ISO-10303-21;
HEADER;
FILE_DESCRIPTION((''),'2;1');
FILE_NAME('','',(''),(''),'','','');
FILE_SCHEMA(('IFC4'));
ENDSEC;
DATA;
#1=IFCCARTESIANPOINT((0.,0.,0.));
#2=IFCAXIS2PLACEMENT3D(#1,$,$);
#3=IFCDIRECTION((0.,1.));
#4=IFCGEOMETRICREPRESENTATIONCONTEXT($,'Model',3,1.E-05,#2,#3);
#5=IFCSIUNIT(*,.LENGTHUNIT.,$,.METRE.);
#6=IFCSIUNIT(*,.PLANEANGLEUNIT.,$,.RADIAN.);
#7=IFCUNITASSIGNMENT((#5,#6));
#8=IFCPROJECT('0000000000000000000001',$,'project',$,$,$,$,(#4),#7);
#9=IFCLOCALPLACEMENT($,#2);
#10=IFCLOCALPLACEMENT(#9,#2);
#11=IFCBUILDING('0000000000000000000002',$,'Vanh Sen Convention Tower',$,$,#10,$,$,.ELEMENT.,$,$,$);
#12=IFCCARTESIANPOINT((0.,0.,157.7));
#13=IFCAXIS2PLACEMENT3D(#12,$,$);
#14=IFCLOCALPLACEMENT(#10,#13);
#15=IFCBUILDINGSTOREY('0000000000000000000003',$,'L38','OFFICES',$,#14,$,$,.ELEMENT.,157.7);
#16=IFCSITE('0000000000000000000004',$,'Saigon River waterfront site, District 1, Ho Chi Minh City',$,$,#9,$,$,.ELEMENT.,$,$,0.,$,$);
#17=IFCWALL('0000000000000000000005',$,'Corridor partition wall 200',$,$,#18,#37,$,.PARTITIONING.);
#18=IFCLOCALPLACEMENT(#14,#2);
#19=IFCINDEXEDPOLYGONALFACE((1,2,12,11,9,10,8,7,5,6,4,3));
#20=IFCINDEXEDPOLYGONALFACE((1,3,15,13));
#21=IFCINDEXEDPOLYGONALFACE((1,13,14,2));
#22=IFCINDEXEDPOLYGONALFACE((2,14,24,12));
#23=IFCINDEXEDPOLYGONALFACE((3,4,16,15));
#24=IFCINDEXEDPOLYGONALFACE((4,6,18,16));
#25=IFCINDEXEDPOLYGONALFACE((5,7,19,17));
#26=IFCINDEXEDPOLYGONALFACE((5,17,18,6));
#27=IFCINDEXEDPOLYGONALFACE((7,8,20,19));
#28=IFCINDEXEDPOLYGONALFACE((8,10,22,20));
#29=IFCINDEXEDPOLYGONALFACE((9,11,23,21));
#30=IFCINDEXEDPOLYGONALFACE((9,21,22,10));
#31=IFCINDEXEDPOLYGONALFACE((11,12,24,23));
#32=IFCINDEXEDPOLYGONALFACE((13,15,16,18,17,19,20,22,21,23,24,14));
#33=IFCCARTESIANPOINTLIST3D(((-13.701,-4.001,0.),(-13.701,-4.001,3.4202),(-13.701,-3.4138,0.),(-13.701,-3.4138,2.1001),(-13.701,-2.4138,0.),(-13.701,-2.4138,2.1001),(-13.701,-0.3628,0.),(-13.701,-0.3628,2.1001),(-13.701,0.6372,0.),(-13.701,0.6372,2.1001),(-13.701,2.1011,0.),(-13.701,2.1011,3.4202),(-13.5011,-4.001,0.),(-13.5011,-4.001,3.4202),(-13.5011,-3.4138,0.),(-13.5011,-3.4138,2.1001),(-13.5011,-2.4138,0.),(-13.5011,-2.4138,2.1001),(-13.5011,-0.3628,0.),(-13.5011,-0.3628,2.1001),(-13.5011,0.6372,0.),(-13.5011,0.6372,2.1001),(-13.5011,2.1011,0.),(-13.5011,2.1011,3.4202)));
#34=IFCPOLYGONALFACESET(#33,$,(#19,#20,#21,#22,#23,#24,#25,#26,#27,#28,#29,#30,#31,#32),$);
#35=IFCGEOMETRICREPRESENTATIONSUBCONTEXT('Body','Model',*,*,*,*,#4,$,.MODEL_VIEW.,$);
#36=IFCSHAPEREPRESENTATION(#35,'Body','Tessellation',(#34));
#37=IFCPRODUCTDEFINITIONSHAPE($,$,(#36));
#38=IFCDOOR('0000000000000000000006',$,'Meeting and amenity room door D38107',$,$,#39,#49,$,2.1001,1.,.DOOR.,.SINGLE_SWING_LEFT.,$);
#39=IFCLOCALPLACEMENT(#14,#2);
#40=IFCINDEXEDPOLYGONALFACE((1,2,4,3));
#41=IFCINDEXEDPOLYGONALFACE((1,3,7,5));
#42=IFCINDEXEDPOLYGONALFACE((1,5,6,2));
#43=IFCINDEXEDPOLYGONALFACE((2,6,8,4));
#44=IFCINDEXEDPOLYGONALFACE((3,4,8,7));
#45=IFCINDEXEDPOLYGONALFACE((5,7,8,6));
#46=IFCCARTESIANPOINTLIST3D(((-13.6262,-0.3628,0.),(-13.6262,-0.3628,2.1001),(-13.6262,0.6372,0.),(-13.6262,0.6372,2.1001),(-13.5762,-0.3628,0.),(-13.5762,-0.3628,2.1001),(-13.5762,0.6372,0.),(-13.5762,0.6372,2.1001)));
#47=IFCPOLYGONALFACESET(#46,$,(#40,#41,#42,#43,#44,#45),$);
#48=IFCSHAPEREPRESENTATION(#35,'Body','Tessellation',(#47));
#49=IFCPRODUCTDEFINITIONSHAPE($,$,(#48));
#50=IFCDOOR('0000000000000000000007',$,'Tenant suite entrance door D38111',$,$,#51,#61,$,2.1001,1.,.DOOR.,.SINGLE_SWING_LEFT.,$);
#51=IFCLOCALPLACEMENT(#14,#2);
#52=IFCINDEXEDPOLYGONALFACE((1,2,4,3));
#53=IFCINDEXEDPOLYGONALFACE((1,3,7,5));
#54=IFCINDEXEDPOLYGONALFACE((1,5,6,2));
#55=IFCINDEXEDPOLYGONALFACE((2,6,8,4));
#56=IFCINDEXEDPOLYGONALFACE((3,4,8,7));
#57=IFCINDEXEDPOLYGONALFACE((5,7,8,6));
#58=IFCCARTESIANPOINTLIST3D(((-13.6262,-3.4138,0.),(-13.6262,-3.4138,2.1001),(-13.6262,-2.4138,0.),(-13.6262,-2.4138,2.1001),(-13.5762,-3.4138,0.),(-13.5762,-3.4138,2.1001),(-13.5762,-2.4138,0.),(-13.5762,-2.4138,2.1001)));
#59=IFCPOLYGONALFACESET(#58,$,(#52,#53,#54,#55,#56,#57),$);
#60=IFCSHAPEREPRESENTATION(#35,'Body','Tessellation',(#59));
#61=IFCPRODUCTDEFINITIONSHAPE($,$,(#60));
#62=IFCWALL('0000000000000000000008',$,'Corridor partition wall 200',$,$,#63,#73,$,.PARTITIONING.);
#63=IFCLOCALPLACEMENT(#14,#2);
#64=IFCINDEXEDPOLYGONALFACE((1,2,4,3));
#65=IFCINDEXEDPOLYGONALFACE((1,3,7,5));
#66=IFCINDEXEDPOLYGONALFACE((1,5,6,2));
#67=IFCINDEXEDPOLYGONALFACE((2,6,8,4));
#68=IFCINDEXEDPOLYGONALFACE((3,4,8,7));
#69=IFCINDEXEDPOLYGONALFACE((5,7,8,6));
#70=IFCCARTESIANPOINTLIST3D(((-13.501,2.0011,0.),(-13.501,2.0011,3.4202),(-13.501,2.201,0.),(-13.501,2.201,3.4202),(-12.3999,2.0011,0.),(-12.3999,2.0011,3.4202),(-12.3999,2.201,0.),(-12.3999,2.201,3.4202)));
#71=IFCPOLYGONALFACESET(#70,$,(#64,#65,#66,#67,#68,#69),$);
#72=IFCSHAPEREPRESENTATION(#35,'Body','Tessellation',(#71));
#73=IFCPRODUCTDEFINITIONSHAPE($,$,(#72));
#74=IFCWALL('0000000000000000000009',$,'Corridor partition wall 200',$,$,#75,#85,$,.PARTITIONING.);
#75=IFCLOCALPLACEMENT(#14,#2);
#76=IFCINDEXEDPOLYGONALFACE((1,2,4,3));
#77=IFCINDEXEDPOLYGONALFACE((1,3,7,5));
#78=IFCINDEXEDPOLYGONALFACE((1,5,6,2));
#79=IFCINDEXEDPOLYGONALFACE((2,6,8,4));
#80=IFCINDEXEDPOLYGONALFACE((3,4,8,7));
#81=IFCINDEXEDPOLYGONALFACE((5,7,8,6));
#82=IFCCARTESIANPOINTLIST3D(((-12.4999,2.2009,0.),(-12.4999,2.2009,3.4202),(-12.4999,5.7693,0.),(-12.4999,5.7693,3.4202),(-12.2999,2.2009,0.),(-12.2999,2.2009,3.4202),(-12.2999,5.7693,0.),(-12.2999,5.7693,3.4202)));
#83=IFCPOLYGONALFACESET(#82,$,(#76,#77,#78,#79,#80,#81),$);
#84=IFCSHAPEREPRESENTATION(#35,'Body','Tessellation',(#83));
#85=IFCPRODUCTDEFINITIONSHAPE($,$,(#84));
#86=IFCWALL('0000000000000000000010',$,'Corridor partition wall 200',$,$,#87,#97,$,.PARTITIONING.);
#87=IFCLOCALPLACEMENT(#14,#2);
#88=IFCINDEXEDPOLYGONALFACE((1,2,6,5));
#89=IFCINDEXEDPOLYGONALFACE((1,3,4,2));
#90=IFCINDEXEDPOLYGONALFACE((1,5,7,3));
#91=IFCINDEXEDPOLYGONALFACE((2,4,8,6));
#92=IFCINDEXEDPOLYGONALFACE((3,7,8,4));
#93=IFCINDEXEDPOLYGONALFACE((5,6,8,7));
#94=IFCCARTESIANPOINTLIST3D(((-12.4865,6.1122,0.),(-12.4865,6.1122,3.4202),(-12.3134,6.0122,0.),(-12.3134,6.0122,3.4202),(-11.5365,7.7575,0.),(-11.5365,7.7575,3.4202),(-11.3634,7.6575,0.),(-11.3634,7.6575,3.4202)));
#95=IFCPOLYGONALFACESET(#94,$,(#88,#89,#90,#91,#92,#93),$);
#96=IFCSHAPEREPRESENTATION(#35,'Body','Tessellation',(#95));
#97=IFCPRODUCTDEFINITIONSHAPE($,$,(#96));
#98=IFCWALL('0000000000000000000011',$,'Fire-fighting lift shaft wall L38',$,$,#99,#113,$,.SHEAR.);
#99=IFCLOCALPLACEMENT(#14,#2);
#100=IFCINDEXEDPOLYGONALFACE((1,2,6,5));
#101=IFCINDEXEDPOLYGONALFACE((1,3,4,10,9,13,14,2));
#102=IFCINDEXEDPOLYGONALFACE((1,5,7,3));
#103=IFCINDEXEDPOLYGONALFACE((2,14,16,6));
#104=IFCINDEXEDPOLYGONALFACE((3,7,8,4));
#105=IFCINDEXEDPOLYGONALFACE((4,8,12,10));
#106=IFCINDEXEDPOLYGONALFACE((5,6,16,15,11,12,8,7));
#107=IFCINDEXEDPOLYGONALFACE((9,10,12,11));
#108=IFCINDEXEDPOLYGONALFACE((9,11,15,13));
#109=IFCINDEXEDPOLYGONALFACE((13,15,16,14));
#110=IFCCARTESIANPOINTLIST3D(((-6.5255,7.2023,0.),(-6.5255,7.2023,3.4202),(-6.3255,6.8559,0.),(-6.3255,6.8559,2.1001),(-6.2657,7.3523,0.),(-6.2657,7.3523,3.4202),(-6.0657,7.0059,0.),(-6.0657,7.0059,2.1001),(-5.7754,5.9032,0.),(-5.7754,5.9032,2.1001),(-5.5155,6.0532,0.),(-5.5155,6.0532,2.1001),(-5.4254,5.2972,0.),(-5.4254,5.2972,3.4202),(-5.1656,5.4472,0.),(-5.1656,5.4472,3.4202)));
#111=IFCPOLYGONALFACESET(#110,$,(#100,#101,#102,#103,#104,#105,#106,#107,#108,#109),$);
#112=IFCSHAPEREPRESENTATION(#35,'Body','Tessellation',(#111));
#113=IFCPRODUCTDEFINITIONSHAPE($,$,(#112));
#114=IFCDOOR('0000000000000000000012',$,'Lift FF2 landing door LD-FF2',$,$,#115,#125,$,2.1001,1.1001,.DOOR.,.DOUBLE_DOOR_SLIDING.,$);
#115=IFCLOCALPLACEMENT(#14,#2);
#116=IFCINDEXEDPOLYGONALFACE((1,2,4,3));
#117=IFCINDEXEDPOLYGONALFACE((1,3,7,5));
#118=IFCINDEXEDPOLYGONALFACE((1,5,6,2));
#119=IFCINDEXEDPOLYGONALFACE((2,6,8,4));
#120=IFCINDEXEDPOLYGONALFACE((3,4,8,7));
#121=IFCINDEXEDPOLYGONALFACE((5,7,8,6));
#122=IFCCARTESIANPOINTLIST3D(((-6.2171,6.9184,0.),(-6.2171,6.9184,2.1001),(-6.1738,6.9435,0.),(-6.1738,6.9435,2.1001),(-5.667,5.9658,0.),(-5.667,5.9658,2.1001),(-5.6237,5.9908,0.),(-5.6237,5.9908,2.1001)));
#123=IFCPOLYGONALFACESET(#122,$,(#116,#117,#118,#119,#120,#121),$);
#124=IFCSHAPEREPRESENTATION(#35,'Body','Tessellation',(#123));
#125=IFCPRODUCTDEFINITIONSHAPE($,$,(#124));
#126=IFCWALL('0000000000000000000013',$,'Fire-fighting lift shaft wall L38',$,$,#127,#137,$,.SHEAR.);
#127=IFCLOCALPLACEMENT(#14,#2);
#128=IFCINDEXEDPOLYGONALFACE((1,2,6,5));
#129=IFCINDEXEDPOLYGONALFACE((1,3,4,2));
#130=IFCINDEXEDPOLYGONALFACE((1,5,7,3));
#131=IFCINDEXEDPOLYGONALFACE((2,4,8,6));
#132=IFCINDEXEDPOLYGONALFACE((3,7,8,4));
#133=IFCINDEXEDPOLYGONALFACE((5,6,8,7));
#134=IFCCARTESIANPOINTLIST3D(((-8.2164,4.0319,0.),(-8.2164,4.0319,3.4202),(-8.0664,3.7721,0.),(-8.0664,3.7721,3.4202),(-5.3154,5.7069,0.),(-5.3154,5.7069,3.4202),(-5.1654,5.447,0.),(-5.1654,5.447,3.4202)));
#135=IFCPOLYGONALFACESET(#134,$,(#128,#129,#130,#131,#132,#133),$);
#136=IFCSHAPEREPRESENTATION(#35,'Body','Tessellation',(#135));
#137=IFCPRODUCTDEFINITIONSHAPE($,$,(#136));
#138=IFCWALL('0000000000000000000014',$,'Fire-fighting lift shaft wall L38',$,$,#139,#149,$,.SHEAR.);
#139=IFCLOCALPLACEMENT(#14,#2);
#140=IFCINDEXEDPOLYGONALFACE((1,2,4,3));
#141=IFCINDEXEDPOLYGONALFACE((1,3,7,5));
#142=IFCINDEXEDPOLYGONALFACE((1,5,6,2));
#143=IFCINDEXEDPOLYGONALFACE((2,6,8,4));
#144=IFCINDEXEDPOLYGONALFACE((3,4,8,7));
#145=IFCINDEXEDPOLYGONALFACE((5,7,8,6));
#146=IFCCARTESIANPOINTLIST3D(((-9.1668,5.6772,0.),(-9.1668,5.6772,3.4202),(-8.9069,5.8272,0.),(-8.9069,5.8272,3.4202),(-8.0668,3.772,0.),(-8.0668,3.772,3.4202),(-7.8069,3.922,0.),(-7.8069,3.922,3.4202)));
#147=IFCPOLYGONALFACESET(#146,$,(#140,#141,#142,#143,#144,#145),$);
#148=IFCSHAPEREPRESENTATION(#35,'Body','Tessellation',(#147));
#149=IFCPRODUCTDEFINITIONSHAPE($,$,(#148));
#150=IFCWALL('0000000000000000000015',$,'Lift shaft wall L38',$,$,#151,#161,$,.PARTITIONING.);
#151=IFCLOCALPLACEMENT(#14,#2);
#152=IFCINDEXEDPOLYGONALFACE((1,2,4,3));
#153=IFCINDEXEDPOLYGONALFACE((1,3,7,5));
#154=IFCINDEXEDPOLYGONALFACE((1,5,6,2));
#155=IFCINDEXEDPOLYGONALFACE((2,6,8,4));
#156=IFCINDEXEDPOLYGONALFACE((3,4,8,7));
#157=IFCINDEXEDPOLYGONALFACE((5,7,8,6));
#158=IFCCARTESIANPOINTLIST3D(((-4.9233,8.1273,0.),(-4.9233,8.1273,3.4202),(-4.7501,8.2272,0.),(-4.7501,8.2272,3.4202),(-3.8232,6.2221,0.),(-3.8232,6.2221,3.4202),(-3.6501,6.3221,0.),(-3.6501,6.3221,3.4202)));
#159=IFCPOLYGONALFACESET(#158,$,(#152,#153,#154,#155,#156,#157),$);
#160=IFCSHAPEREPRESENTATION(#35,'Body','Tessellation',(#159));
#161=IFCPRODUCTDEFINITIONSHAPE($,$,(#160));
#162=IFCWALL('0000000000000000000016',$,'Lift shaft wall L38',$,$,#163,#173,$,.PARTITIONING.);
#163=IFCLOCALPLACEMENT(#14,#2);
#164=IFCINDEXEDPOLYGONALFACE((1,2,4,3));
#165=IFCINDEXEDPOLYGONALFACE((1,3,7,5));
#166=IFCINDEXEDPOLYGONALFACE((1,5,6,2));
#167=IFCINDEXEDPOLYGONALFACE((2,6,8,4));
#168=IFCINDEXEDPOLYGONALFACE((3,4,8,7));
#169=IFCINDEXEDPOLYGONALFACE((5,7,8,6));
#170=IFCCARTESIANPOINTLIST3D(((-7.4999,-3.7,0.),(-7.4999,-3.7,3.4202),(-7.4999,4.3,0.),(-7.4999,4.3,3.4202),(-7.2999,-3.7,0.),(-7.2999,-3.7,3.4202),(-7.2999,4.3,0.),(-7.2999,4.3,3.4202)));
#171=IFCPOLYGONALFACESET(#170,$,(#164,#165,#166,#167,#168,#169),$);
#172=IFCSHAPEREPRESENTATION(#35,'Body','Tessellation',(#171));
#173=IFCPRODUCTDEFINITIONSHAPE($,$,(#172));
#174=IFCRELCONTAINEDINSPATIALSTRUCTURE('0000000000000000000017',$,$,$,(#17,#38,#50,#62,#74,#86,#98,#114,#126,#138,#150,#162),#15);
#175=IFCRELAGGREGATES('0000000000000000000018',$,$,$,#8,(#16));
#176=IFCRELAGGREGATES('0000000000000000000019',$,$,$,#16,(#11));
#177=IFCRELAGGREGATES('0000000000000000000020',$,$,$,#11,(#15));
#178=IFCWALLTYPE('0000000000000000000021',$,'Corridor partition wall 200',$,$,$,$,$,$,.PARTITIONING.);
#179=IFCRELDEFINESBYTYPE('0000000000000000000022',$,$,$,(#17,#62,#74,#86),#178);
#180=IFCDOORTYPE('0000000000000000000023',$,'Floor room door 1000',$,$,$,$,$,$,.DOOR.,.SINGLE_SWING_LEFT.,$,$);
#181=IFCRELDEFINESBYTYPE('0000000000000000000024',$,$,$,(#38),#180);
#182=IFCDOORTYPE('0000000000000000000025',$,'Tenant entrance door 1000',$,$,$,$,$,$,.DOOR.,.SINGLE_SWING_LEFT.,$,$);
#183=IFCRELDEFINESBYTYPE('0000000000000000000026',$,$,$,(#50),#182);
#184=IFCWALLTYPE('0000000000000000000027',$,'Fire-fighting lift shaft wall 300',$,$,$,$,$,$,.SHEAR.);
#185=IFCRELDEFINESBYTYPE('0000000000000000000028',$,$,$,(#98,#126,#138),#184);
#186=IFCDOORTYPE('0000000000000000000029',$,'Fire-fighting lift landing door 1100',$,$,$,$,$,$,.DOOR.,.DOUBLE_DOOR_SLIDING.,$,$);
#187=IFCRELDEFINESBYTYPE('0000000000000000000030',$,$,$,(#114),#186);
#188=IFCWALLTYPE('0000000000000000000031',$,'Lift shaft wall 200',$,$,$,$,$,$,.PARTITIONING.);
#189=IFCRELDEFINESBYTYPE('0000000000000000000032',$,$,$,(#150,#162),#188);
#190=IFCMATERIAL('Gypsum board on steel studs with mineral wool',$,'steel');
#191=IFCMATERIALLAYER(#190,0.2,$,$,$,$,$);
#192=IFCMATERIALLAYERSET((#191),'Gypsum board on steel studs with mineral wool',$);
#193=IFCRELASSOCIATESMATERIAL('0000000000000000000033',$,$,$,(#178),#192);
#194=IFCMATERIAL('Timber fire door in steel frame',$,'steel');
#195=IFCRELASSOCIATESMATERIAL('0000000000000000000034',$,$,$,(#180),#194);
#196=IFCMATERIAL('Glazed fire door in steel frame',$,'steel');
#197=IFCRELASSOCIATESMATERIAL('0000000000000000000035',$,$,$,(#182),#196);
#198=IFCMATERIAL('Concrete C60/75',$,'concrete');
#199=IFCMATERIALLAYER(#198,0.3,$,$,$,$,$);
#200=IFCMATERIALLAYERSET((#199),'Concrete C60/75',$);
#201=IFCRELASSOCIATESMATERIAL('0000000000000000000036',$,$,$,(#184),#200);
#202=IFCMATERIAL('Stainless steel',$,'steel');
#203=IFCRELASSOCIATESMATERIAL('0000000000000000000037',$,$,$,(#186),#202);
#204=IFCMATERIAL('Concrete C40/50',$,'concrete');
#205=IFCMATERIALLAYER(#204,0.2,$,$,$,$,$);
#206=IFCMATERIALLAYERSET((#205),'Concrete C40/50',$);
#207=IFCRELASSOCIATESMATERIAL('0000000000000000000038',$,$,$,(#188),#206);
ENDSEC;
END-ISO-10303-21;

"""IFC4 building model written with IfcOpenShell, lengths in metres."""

from ifc_helpers import new_model, si_unit, direction, frame, frame_2d, origin, place, context, subcontext, project, spatial, rectangle, extrude, material, layer, layer_set, type_object, element, fill, save


model = new_model("IFC4")

# Units and contexts
model_context = context("Model", 3, precision=1e-05, world=origin(), true_north=direction((0.0, 1.0)))
body_context = subcontext(model_context, "Body", "Model", "MODEL_VIEW")
ifc_project = project(units=[si_unit("LENGTHUNIT", "METRE"), si_unit("PLANEANGLEUNIT", "RADIAN")], contexts=[model_context])

# Site, building, storey
site_placement = place(None, origin())
site = spatial("IfcSite", under=ifc_project, at=site_placement, Name="Saigon River waterfront site, District 1, Ho Chi Minh City", CompositionType="ELEMENT", RefElevation=0.0)
building_placement = place(site_placement, origin())
building = spatial("IfcBuilding", under=site, at=building_placement, Name="Vanh Sen Convention Tower", CompositionType="ELEMENT")
storey_placement = place(building_placement, frame((0.0, 0.0, 157.7)))
storey = spatial("IfcBuildingStorey", under=building, at=storey_placement, Name="L38", Description="OFFICES", CompositionType="ELEMENT", Elevation=157.7)

# Wall, openings, doors
ifc_material_1 = material(Name="Stainless steel", Category="steel")
ifc_material_2 = material(Name="Gypsum board on steel studs with mineral wool", Category="steel")
ifc_layer_1 = layer(ifc_material_2, 0.2)
ifc_layer_set_1 = layer_set([ifc_layer_1], Name="Gypsum board on steel studs with mineral wool")
wall_type_1 = type_object("IfcWallType", Name="Corridor partition wall 200", PredefinedType="PARTITIONING", material=ifc_layer_set_1)
wall_1_placement = place(storey_placement, frame((-13.6011, 2.1011, 0.0), z_axis=(0.0, 0.0, 1.0), x_axis=(0.0, -1.0, 0.0)))
wall_1 = element("IfcWall", 1, at=wall_1_placement, inside=storey, type_object=wall_type_1, Name="Corridor partition wall 200", PredefinedType="PARTITIONING", context=body_context, shape_type="SweptSolid", body=[
    extrude(rectangle(XDim=6.1021, YDim=0.2, at=frame_2d((3.051, 0.0))), origin(), (0.0, 0.0, 1.0), 3.4202),
])
opening_1_placement = place(wall_1_placement, frame((1.4639, 0.0, 0.0)))
opening_1 = element("IfcOpeningElement", 2, at=opening_1_placement, cuts=wall_1, PredefinedType="OPENING", context=body_context, shape_type="SweptSolid", body=[
    extrude(rectangle(XDim=1.0, YDim=2.1001, at=frame_2d((0.5, 1.05))), frame((0.0, 0.1099, 0.0), z_axis=(0.0, -1.0, 0.0), x_axis=(1.0, 0.0, 0.0)), (0.0, 0.0, 1.0), 0.22),
])
opening_2_placement = place(wall_1_placement, frame((4.5149, 0.0, 0.0)))
opening_2 = element("IfcOpeningElement", 3, at=opening_2_placement, cuts=wall_1, PredefinedType="OPENING", context=body_context, shape_type="SweptSolid", body=[
    extrude(rectangle(XDim=1.0, YDim=2.1001, at=frame_2d((0.5, 1.05))), frame((0.0, 0.1099, 0.0), z_axis=(0.0, -1.0, 0.0), x_axis=(1.0, 0.0, 0.0)), (0.0, 0.0, 1.0), 0.22),
])
ifc_material_3 = material(Name="Timber fire door in steel frame", Category="steel")
door_type_1 = type_object("IfcDoorType", Name="Floor room door 1000", OperationType="SINGLE_SWING_LEFT", PredefinedType="DOOR", material=ifc_material_3)
door_1_placement = place(opening_1_placement, origin())
door_1 = element("IfcDoor", 4, at=door_1_placement, inside=storey, type_object=door_type_1, Name="Meeting and amenity room door D38107", OperationType="SINGLE_SWING_LEFT", OverallHeight=2.1001, OverallWidth=1.0, PredefinedType="DOOR", context=body_context, shape_type="SweptSolid", body=[
    extrude(rectangle(XDim=1.0, YDim=2.1001, at=frame_2d((0.5, 1.05))), frame((0.0, 0.0249, 0.0), z_axis=(0.0, -1.0, 0.0), x_axis=(1.0, 0.0, 0.0)), (0.0, 0.0, 1.0), 0.05),
])
fill(opening_1, door_1)
ifc_material_4 = material(Name="Glazed fire door in steel frame", Category="steel")
door_type_2 = type_object("IfcDoorType", Name="Tenant entrance door 1000", OperationType="SINGLE_SWING_LEFT", PredefinedType="DOOR", material=ifc_material_4)
door_2_placement = place(opening_2_placement, origin())
door_2 = element("IfcDoor", 5, at=door_2_placement, inside=storey, type_object=door_type_2, Name="Tenant suite entrance door D38111", OperationType="SINGLE_SWING_LEFT", OverallHeight=2.1001, OverallWidth=1.0, PredefinedType="DOOR", context=body_context, shape_type="SweptSolid", body=[
    extrude(rectangle(XDim=1.0, YDim=2.1001, at=frame_2d((0.5, 1.05))), frame((0.0, 0.0249, 0.0), z_axis=(0.0, -1.0, 0.0), x_axis=(1.0, 0.0, 0.0)), (0.0, 0.0, 1.0), 0.05),
])
fill(opening_2, door_2)

# Walls
wall_2_placement = place(storey_placement, frame((-12.3999, 2.1011, 0.0), z_axis=(0.0, 0.0, 1.0), x_axis=(-1.0, 0.0, 0.0)))
element("IfcWall", 6, at=wall_2_placement, inside=storey, type_object=wall_type_1, Name="Corridor partition wall 200", PredefinedType="PARTITIONING", context=body_context, shape_type="SweptSolid", body=[
    extrude(rectangle(XDim=1.1011, YDim=0.2, at=frame_2d((0.5505, 0.0))), origin(), (0.0, 0.0, 1.0), 3.4202),
])
wall_3_placement = place(storey_placement, frame((-12.3999, 5.7693, 0.0), z_axis=(0.0, 0.0, 1.0), x_axis=(0.0, -1.0, 0.0)))
element("IfcWall", 7, at=wall_3_placement, inside=storey, type_object=wall_type_1, Name="Corridor partition wall 200", PredefinedType="PARTITIONING", context=body_context, shape_type="SweptSolid", body=[
    extrude(rectangle(XDim=3.5684, YDim=0.2, at=frame_2d((1.7842, 0.0))), origin(), (0.0, 0.0, 1.0), 3.4202),
])
wall_4_placement = place(storey_placement, frame((-11.45, 7.7075, 0.0), z_axis=(0.0, 0.0, 1.0), x_axis=(-0.500023, -0.866012, 0.0)))
element("IfcWall", 8, at=wall_4_placement, inside=storey, type_object=wall_type_1, Name="Corridor partition wall 200", PredefinedType="PARTITIONING", context=body_context, shape_type="SweptSolid", body=[
    extrude(rectangle(XDim=1.8999, YDim=0.2, at=frame_2d((0.95, 0.0))), origin(), (0.0, 0.0, 1.0), 3.4202),
])

# Wall, opening, door
ifc_material_5 = material(Name="Concrete C60/75", Category="concrete")
ifc_layer_2 = layer(ifc_material_5, 0.3)
ifc_layer_set_2 = layer_set([ifc_layer_2], Name="Concrete C60/75")
wall_type_2 = type_object("IfcWallType", Name="Fire-fighting lift shaft wall 300", PredefinedType="SHEAR", material=ifc_layer_set_2)
wall_5_placement = place(storey_placement, frame((-5.2954, 5.3721, 0.0), z_axis=(0.0, 0.0, 1.0), x_axis=(-0.500078, 0.86598, 0.0)))
wall_5 = element("IfcWall", 9, at=wall_5_placement, inside=storey, type_object=wall_type_2, Name="Fire-fighting lift shaft wall L38", PredefinedType="SHEAR", context=body_context, shape_type="SweptSolid", body=[
    extrude(rectangle(XDim=2.2, YDim=0.3, at=frame_2d((1.1001, 0.0))), origin(), (0.0, 0.0, 1.0), 3.4202),
])
opening_3_placement = place(wall_5_placement, frame((0.7, 0.0, 0.0)))
opening_3 = element("IfcOpeningElement", 10, at=opening_3_placement, cuts=wall_5, PredefinedType="OPENING", context=body_context, shape_type="SweptSolid", body=[
    extrude(rectangle(XDim=1.1001, YDim=2.1001, at=frame_2d((0.55, 1.05))), frame((0.0, 0.1599, 0.0), z_axis=(0.0, -1.0, 0.0), x_axis=(1.0, 0.0, 0.0)), (0.0, 0.0, 1.0), 0.3201),
])
door_type_3 = type_object("IfcDoorType", Name="Fire-fighting lift landing door 1100", OperationType="DOUBLE_DOOR_SLIDING", PredefinedType="DOOR", material=ifc_material_1)
door_3_placement = place(opening_3_placement, origin())
door_3 = element("IfcDoor", 11, at=door_3_placement, inside=storey, type_object=door_type_3, Name="Lift FF2 landing door LD-FF2", OperationType="DOUBLE_DOOR_SLIDING", OverallHeight=2.1001, OverallWidth=1.1001, PredefinedType="DOOR", context=body_context, shape_type="SweptSolid", body=[
    extrude(rectangle(XDim=1.1001, YDim=2.1001, at=frame_2d((0.55, 1.05))), frame((0.0, 0.0249, 0.0), z_axis=(0.0, -1.0, 0.0), x_axis=(1.0, 0.0, 0.0)), (0.0, 0.0, 1.0), 0.05),
])
fill(opening_3, door_3)

# Walls
wall_6_placement = place(storey_placement, frame((-5.2405, 5.5769, 0.0), z_axis=(0.0, 0.0, 1.0), x_axis=(-0.866014, -0.500019, 0.0)))
element("IfcWall", 12, at=wall_6_placement, inside=storey, type_object=wall_type_2, Name="Fire-fighting lift shaft wall L38", PredefinedType="SHEAR", context=body_context, shape_type="SweptSolid", body=[
    extrude(rectangle(XDim=3.3499, YDim=0.3, at=frame_2d((1.6748, 0.0))), origin(), (0.0, 0.0, 1.0), 3.4202),
])
wall_7_placement = place(storey_placement, frame((-7.9368, 3.8469, 0.0), z_axis=(0.0, 0.0, 1.0), x_axis=(-0.50003, 0.866008, 0.0)))
element("IfcWall", 13, at=wall_7_placement, inside=storey, type_object=wall_type_2, Name="Fire-fighting lift shaft wall L38", PredefinedType="SHEAR", context=body_context, shape_type="SweptSolid", body=[
    extrude(rectangle(XDim=2.2, YDim=0.3, at=frame_2d((1.1001, 0.0))), origin(), (0.0, 0.0, 1.0), 3.4202),
])
ifc_material_6 = material(Name="Concrete C40/50", Category="concrete")
ifc_layer_3 = layer(ifc_material_6, 0.2)
ifc_layer_set_3 = layer_set([ifc_layer_3], Name="Concrete C40/50")
wall_type_3 = type_object("IfcWallType", Name="Lift shaft wall 200", PredefinedType="PARTITIONING", material=ifc_layer_set_3)
wall_8_placement = place(storey_placement, frame((-3.7366, 6.272, 0.0), z_axis=(0.0, 0.0, 1.0), x_axis=(-0.50003, 0.866008, 0.0)))
element("IfcWall", 14, at=wall_8_placement, inside=storey, type_object=wall_type_3, Name="Lift shaft wall L38", PredefinedType="PARTITIONING", context=body_context, shape_type="SweptSolid", body=[
    extrude(rectangle(XDim=2.2, YDim=0.2, at=frame_2d((1.1001, 0.0))), origin(), (0.0, 0.0, 1.0), 3.4202),
])
wall_9_placement = place(storey_placement, frame((-7.3999, 4.3, 0.0), z_axis=(0.0, 0.0, 1.0), x_axis=(0.0, -1.0, 0.0)))
element("IfcWall", 15, at=wall_9_placement, inside=storey, type_object=wall_type_3, Name="Lift shaft wall L38", PredefinedType="PARTITIONING", context=body_context, shape_type="SweptSolid", body=[
    extrude(rectangle(XDim=8.0, YDim=0.2, at=frame_2d((4.0, 0.0))), origin(), (0.0, 0.0, 1.0), 3.4202),
])

save(model, "model.ifc")
